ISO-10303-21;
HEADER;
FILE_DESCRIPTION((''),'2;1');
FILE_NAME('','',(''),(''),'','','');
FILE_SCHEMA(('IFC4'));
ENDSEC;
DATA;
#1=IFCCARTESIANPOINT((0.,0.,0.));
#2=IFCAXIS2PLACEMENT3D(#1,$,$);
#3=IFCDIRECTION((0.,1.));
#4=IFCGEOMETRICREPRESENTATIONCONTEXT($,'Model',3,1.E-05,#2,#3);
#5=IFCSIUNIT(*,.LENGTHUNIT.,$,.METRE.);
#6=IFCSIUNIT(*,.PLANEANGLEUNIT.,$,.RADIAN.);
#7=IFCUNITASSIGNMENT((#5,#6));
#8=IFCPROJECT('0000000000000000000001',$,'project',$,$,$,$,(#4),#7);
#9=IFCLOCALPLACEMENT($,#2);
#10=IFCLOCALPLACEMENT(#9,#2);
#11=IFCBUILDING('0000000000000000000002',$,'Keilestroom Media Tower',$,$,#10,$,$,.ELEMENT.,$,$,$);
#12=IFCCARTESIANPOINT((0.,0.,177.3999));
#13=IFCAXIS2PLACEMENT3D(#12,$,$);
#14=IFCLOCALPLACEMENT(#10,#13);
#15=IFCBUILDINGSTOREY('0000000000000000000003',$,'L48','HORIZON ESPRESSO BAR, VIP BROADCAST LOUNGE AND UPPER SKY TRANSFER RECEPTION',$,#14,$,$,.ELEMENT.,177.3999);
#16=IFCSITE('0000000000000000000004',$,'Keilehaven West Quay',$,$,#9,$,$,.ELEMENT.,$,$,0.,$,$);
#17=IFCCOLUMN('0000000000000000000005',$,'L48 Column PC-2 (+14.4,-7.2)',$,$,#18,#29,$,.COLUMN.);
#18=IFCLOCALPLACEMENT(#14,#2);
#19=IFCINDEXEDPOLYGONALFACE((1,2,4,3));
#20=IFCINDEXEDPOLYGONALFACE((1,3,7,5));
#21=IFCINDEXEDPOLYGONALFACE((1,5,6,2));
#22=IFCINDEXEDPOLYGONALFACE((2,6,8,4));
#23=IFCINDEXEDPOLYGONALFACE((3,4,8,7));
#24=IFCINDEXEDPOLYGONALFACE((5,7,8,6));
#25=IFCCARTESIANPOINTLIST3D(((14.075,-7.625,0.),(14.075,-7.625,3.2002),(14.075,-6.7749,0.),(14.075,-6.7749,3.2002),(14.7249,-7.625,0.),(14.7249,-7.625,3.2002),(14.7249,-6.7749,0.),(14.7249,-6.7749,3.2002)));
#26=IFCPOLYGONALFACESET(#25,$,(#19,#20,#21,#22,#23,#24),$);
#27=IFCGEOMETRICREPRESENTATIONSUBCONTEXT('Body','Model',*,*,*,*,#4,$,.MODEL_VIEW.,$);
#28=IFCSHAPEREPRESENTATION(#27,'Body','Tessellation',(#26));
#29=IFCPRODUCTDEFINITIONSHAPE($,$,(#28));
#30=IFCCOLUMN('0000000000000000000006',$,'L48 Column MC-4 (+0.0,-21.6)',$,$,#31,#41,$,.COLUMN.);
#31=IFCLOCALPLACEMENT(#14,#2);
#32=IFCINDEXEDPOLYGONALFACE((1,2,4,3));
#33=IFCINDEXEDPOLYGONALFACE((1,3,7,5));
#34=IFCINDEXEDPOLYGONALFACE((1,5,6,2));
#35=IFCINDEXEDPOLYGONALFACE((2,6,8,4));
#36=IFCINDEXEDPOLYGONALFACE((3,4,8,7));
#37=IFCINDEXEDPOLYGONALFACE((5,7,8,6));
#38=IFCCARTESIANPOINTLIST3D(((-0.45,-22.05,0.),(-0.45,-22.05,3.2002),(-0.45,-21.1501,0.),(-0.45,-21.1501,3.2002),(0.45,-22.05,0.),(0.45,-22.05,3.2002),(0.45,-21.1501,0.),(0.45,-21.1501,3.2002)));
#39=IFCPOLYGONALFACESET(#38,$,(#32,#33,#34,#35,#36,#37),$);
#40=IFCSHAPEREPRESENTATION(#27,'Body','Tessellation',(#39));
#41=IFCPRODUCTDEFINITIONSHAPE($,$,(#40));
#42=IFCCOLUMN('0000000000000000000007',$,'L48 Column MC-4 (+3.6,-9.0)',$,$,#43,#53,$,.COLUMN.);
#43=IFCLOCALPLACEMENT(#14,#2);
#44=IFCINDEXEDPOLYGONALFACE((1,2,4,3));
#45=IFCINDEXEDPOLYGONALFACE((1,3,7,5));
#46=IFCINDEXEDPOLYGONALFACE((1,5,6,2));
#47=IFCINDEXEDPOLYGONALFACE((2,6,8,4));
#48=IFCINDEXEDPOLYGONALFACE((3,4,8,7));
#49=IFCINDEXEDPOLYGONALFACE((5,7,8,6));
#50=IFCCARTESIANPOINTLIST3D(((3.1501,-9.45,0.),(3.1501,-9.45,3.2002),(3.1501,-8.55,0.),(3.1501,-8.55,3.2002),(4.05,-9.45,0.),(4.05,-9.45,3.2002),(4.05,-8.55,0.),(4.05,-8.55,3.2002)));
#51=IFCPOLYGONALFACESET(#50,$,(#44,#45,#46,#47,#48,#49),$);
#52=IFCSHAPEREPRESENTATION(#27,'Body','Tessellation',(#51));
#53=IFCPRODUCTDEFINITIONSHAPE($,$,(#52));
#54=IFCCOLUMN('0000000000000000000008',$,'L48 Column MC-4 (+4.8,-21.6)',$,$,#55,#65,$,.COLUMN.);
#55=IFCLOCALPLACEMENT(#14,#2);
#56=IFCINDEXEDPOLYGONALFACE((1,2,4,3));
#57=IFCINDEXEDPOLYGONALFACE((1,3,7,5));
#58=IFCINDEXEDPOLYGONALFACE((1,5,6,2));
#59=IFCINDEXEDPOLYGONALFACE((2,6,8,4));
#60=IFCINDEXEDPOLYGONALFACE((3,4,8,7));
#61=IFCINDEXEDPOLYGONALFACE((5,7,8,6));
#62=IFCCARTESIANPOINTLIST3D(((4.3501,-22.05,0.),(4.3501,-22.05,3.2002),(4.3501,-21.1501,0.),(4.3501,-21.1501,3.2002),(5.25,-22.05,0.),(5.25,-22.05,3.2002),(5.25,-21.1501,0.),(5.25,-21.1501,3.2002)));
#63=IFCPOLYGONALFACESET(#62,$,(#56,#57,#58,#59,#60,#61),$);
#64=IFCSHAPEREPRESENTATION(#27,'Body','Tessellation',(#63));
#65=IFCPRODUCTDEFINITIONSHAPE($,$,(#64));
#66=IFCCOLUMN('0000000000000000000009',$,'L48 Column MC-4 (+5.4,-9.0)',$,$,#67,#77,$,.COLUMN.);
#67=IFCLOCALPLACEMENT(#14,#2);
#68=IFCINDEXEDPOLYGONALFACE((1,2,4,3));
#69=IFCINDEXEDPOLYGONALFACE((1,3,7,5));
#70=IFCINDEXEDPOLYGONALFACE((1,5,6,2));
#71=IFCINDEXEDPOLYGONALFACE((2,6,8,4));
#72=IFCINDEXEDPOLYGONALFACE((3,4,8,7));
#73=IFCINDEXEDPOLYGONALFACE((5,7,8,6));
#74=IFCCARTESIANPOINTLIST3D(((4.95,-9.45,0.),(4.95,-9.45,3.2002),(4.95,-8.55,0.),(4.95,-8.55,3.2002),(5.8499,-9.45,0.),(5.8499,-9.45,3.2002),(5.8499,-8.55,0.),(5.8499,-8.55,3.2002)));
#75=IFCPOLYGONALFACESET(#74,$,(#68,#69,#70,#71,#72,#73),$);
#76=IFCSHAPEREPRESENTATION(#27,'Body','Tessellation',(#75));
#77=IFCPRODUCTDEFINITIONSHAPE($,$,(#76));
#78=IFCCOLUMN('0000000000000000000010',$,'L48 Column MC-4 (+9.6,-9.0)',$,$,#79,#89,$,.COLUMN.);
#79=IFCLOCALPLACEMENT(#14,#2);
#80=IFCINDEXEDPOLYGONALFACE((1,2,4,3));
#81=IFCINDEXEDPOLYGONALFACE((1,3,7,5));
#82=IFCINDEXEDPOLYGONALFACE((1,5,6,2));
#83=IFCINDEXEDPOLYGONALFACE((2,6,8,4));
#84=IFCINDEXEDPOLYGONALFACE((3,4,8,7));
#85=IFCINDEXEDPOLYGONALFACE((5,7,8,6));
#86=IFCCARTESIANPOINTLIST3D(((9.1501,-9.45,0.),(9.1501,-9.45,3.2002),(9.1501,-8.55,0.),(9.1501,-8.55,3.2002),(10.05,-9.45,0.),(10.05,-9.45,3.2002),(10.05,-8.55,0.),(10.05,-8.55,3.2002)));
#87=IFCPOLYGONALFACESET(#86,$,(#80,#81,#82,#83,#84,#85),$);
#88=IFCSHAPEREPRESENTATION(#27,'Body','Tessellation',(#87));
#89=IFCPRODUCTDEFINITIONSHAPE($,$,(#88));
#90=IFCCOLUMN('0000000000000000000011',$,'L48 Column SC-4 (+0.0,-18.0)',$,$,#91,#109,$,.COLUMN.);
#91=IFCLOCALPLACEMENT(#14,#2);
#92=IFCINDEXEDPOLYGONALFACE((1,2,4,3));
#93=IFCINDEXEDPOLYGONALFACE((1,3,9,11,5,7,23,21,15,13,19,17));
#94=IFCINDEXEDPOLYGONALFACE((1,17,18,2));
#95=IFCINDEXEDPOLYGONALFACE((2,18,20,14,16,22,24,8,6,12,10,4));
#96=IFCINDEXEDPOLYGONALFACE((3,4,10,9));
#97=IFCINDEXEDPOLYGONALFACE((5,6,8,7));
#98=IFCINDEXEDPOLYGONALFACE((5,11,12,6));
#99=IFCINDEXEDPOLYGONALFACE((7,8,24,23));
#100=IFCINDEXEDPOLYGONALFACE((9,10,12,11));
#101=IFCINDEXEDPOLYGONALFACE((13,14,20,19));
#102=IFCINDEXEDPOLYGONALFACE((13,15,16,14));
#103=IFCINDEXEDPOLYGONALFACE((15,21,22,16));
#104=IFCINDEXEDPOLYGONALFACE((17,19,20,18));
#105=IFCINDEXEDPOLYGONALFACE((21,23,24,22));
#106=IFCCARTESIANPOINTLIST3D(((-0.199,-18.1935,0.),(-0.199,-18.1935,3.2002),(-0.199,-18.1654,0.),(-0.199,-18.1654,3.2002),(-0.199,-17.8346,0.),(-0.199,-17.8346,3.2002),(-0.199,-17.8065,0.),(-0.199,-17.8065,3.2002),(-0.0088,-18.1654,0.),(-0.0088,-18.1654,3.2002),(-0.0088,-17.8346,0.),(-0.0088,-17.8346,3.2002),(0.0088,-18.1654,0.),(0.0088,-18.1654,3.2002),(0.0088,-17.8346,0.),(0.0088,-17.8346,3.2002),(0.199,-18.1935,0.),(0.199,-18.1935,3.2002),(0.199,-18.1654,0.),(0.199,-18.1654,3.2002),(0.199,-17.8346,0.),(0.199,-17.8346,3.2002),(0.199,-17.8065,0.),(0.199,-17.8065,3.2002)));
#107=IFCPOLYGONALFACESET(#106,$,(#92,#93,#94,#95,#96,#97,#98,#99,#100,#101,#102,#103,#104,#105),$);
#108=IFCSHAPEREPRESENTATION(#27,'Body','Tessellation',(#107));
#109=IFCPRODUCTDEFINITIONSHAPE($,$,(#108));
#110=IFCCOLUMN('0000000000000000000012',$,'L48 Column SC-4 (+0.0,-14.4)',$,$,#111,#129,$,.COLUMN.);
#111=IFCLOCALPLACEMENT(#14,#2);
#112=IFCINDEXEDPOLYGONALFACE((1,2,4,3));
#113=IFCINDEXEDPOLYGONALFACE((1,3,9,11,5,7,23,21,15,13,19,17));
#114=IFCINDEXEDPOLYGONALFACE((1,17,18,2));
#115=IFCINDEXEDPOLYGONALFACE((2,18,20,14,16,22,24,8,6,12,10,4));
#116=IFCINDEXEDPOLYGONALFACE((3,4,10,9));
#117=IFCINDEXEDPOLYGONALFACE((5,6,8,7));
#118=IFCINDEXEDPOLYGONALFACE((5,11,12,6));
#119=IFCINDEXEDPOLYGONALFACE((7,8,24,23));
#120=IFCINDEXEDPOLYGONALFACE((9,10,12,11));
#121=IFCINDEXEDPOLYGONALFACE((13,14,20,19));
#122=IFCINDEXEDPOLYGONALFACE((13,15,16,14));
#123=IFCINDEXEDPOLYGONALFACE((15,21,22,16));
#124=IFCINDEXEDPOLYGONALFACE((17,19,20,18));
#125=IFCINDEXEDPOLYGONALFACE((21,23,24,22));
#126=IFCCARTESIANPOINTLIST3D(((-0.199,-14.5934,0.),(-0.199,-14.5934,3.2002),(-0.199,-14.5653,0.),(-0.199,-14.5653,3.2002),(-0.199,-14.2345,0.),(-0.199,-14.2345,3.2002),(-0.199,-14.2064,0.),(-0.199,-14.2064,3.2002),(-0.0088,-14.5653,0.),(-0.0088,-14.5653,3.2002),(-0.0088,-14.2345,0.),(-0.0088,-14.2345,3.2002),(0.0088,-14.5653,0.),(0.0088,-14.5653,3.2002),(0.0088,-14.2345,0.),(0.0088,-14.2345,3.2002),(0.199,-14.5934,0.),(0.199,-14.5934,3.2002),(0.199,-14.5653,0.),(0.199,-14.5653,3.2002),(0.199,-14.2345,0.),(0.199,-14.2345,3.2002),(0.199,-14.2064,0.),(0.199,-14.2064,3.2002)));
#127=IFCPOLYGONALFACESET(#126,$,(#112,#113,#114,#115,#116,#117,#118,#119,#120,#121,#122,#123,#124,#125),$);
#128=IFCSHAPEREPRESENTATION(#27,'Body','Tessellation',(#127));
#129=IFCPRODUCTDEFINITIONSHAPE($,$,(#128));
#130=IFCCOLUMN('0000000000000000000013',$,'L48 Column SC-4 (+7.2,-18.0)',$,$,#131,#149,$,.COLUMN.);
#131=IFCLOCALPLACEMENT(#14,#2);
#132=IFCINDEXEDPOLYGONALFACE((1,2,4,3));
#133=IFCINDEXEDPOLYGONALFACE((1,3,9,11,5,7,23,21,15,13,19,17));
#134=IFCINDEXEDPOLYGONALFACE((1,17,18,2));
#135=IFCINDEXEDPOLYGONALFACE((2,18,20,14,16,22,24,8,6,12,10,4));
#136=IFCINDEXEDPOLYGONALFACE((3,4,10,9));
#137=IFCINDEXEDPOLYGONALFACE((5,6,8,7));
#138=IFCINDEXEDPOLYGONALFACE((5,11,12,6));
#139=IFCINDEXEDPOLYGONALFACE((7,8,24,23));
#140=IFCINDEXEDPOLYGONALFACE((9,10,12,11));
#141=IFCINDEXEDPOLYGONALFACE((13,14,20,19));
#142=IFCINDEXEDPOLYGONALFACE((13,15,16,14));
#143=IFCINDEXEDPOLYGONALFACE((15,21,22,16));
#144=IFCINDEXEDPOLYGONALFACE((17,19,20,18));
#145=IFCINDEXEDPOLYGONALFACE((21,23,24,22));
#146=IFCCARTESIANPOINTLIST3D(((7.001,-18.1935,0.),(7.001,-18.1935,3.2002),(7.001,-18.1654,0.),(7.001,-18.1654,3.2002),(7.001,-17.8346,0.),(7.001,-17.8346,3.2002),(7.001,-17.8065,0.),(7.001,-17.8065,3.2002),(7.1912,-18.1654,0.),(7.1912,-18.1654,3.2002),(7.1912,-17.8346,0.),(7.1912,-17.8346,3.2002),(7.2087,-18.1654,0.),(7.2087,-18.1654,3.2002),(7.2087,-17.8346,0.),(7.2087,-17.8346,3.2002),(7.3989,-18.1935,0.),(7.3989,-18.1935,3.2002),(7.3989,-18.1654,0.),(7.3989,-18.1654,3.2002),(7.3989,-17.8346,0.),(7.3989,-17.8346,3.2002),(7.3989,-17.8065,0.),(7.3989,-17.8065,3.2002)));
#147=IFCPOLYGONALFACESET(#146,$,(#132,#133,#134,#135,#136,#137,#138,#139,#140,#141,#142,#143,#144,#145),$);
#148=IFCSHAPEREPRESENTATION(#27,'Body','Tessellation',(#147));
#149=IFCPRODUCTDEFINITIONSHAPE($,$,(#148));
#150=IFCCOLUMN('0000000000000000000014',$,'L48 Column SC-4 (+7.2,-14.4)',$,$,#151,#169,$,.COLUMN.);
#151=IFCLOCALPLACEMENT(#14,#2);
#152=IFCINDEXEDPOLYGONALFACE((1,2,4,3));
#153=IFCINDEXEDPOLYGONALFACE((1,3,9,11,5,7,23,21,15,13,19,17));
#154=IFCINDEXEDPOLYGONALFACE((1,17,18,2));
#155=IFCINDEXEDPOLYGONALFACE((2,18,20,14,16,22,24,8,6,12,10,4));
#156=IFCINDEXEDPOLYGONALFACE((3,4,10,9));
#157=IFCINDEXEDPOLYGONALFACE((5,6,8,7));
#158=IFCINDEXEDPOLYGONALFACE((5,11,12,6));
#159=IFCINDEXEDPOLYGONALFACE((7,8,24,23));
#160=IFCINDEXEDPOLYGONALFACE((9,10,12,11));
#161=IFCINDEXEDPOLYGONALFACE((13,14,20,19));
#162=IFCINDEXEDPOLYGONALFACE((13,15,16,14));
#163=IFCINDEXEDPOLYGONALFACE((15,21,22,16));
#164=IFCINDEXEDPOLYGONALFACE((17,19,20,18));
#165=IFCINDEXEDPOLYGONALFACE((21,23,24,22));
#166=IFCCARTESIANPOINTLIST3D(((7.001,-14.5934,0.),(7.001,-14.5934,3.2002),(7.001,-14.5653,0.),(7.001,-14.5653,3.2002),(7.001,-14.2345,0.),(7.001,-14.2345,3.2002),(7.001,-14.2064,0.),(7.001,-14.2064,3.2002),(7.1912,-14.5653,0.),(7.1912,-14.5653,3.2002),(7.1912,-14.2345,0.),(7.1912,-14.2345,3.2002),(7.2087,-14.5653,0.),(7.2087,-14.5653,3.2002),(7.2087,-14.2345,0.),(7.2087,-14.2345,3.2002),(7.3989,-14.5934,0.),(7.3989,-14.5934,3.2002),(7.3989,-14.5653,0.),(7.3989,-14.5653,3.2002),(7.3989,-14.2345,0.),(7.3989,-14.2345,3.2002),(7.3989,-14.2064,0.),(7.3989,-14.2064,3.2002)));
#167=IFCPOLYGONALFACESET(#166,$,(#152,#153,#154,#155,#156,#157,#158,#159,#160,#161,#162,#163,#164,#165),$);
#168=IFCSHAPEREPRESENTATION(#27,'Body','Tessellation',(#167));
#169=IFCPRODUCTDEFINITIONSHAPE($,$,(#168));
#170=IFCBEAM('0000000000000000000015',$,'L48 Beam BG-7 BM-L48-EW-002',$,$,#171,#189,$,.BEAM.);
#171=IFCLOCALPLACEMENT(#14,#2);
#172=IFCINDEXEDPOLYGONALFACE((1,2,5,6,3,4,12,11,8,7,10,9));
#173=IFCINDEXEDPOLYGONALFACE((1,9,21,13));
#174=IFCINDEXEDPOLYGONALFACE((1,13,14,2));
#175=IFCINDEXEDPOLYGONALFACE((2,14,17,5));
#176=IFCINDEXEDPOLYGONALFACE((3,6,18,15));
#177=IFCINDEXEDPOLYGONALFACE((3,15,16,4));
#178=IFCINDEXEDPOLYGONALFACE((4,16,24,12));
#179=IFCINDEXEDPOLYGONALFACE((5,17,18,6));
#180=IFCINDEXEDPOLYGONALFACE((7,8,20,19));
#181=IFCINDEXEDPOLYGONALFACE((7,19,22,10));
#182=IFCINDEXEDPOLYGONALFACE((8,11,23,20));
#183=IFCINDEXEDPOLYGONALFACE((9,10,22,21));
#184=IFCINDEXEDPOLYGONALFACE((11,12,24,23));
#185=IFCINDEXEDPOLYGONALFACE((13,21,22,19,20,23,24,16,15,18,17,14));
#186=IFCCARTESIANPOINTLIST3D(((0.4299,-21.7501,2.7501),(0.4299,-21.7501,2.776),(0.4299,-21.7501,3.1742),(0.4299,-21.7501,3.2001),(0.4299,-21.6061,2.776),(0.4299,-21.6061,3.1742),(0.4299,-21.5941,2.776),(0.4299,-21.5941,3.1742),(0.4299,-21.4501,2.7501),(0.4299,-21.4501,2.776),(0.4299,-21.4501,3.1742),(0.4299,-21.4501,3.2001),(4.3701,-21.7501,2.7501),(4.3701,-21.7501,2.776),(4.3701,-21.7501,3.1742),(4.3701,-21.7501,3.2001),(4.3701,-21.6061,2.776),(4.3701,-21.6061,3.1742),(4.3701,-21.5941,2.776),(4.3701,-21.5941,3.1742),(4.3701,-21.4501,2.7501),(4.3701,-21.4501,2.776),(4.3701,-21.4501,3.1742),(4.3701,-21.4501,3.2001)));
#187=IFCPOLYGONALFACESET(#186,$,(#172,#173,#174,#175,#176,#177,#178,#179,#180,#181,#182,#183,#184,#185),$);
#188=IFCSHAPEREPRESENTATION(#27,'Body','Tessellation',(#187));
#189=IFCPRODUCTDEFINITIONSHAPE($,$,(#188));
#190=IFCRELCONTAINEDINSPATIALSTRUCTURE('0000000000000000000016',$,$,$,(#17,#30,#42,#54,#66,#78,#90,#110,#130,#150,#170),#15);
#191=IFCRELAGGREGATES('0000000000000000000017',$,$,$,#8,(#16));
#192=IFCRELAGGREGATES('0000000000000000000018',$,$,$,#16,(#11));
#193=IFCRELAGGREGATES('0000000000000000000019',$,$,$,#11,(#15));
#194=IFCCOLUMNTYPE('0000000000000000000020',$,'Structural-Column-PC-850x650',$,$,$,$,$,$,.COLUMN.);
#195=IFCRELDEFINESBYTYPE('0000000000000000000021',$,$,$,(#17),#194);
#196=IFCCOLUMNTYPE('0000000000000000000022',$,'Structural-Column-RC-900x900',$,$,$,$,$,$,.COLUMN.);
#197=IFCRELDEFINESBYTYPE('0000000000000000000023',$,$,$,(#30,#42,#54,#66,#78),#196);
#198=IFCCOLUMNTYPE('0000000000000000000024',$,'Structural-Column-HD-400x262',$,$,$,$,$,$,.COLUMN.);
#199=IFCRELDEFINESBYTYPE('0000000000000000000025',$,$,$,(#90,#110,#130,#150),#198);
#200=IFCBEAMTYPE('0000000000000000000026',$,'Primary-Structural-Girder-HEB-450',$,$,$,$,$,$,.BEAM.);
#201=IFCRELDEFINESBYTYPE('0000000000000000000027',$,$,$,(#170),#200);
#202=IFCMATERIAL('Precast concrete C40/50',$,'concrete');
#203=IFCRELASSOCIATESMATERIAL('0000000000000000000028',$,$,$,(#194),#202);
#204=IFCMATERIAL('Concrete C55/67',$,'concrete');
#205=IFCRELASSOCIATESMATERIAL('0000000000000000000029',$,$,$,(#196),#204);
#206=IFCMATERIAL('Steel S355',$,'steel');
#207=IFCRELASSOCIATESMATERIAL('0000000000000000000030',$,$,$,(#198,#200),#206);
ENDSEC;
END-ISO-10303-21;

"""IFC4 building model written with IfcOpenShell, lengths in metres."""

from ifc_helpers import new_model, si_unit, direction, frame, origin, origin_2d, place, context, subcontext, project, spatial, rectangle, i_section, extrude, source, transform, mapped, material, material_profile, profile_set, type_object, element, save


model = new_model("IFC4")

# Units and contexts
model_context = context("Model", 3, precision=1e-05, world=origin(), true_north=direction((0.0, 1.0)))
body_context = subcontext(model_context, "Body", "Model", "MODEL_VIEW")
ifc_project = project(units=[si_unit("LENGTHUNIT", "METRE"), si_unit("PLANEANGLEUNIT", "RADIAN")], contexts=[model_context])

# Site, building, storey
site_placement = place(None, origin())
site = spatial("IfcSite", under=ifc_project, at=site_placement, Name="Keilehaven West Quay", CompositionType="ELEMENT", RefElevation=0.0)
building_placement = place(site_placement, origin())
building = spatial("IfcBuilding", under=site, at=building_placement, Name="Keilestroom Media Tower", CompositionType="ELEMENT")
storey_placement = place(building_placement, frame((0.0, 0.0, 177.3999)))
storey = spatial("IfcBuildingStorey", under=building, at=storey_placement, Name="L48", Description="HORIZON ESPRESSO BAR, VIP BROADCAST LOUNGE AND UPPER SKY TRANSFER RECEPTION", CompositionType="ELEMENT", Elevation=177.3999)

# Columns
ifc_material_1 = material(Name="Precast concrete C40/50", Category="concrete")
ifc_material_profile_1 = material_profile(ifc_material_1, rectangle(XDim=0.6499, YDim=0.8501, at=origin_2d()), Name="PC 850x650")
ifc_profile_set_1 = profile_set([ifc_material_profile_1], Name="Precast concrete C40/50")
column_type_1 = type_object("IfcColumnType", Name="Structural-Column-PC-850x650", PredefinedType="COLUMN", material=ifc_profile_set_1)
shared_shape_1 = source(origin(), body_context, "Body", "SweptSolid", [
    extrude(rectangle(XDim=0.6499, YDim=0.8501, at=origin_2d()), origin(), (0.0, 0.0, 1.0), 3.2002),
])
column_placement = place(storey_placement, frame((14.3999, -7.2, 0.0), z_axis=(0.0, 0.0, 1.0), x_axis=(1.0, 0.0, 0.0)))
element("IfcColumn", 1, at=column_placement, inside=storey, type_object=column_type_1, Name="L48 Column PC-2 (+14.4,-7.2)", PredefinedType="COLUMN", context=body_context, shape_type="MappedRepresentation", body=[
    mapped(shared_shape_1, transform((0.0, 0.0, 0.0), x_axis=(1.0, 0.0, 0.0), y_axis=(0.0, 1.0, 0.0), z_axis=(0.0, 0.0, 1.0), scale=1.0)),
])
ifc_material_2 = material(Name="Concrete C55/67", Category="concrete")
ifc_material_profile_2 = material_profile(ifc_material_2, rectangle(XDim=0.8999, YDim=0.8999, at=origin_2d()), Name="RC 900x900")
ifc_profile_set_2 = profile_set([ifc_material_profile_2], Name="Concrete C55/67")
column_type_2 = type_object("IfcColumnType", Name="Structural-Column-RC-900x900", PredefinedType="COLUMN", material=ifc_profile_set_2)
shared_shape_2 = source(origin(), body_context, "Body", "SweptSolid", [
    extrude(rectangle(XDim=0.8999, YDim=0.8999, at=origin_2d()), origin(), (0.0, 0.0, 1.0), 3.2002),
])
for number, where, z_axis, x_axis, name in (
    (2, (0.0, -21.6001, 0.0), (0.0, 0.0, 1.0), (1.0, 0.0, 0.0), "L48 Column MC-4 (+0.0,-21.6)"),
    (3, (3.6001, -9.0, 0.0), (0.0, 0.0, 1.0), (1.0, 0.0, 0.0), "L48 Column MC-4 (+3.6,-9.0)"),
    (4, (4.8, -21.6001, 0.0), (0.0, 0.0, 1.0), (1.0, 0.0, 0.0), "L48 Column MC-4 (+4.8,-21.6)"),
    (5, (5.3999, -9.0, 0.0), (0.0, 0.0, 1.0), (1.0, 0.0, 0.0), "L48 Column MC-4 (+5.4,-9.0)"),
    (6, (9.6001, -9.0, 0.0), (0.0, 0.0, 1.0), (1.0, 0.0, 0.0), "L48 Column MC-4 (+9.6,-9.0)"),
):
    element("IfcColumn", number, at=place(storey_placement, frame(where, z_axis=z_axis, x_axis=x_axis)), inside=storey, type_object=column_type_2, Name=name, PredefinedType="COLUMN", context=body_context, shape_type="MappedRepresentation", body=[
        mapped(shared_shape_2, transform((0.0, 0.0, 0.0), x_axis=(1.0, 0.0, 0.0), y_axis=(0.0, 1.0, 0.0), z_axis=(0.0, 0.0, 1.0), scale=1.0)),
    ])
ifc_material_3 = material(Name="Steel S355", Category="steel")
ifc_material_profile_3 = material_profile(ifc_material_3, i_section(OverallWidth=0.3979, OverallDepth=0.387, WebThickness=0.0176, FlangeThickness=0.0281, at=origin_2d()), Name="HD 400x262")
ifc_profile_set_3 = profile_set([ifc_material_profile_3], Name="Steel S355")
column_type_3 = type_object("IfcColumnType", Name="Structural-Column-HD-400x262", PredefinedType="COLUMN", material=ifc_profile_set_3)
shared_shape_3 = source(origin(), body_context, "Body", "SweptSolid", [
    extrude(i_section(OverallWidth=0.3979, OverallDepth=0.387, WebThickness=0.0176, FlangeThickness=0.0281, at=origin_2d()), origin(), (0.0, 0.0, 1.0), 3.2002),
])
for number, where, z_axis, x_axis, name in (
    (7, (0.0, -18.0, 0.0), (0.0, 0.0, 1.0), (1.0, 0.0, 0.0), "L48 Column SC-4 (+0.0,-18.0)"),
    (8, (0.0, -14.3999, 0.0), (0.0, 0.0, 1.0), (1.0, 0.0, 0.0), "L48 Column SC-4 (+0.0,-14.4)"),
    (9, (7.2, -18.0, 0.0), (0.0, 0.0, 1.0), (1.0, 0.0, 0.0), "L48 Column SC-4 (+7.2,-18.0)"),
    (10, (7.2, -14.3999, 0.0), (0.0, 0.0, 1.0), (1.0, 0.0, 0.0), "L48 Column SC-4 (+7.2,-14.4)"),
):
    element("IfcColumn", number, at=place(storey_placement, frame(where, z_axis=z_axis, x_axis=x_axis)), inside=storey, type_object=column_type_3, Name=name, PredefinedType="COLUMN", context=body_context, shape_type="MappedRepresentation", body=[
        mapped(shared_shape_3, transform((0.0, 0.0, 0.0), x_axis=(1.0, 0.0, 0.0), y_axis=(0.0, 1.0, 0.0), z_axis=(0.0, 0.0, 1.0), scale=1.0)),
    ])

# Beam
ifc_material_profile_4 = material_profile(ifc_material_3, i_section(OverallWidth=0.3, OverallDepth=0.45, WebThickness=0.012, FlangeThickness=0.0259, at=origin_2d()), Name="HEB 450")
ifc_profile_set_4 = profile_set([ifc_material_profile_4], Name="Steel S355")
beam_type_1 = type_object("IfcBeamType", Name="Primary-Structural-Girder-HEB-450", PredefinedType="BEAM", material=ifc_profile_set_4)
shared_shape_4 = source(origin(), body_context, "Body", "SweptSolid", [
    extrude(i_section(OverallWidth=0.3, OverallDepth=0.45, WebThickness=0.012, FlangeThickness=0.0259, at=origin_2d()), origin(), (0.0, 0.0, 1.0), 3.9402),
])
beam_1_placement = place(storey_placement, frame((0.4299, -21.6001, 2.9751), z_axis=(1.0, 0.0, 0.0), x_axis=(0.0, 1.0, 0.0)))
element("IfcBeam", 11, at=beam_1_placement, inside=storey, type_object=beam_type_1, Name="L48 Beam BG-7 BM-L48-EW-002", PredefinedType="BEAM", context=body_context, shape_type="MappedRepresentation", body=[
    mapped(shared_shape_4, transform((0.0, 0.0, 0.0), x_axis=(1.0, 0.0, 0.0), y_axis=(0.0, 1.0, 0.0), z_axis=(0.0, 0.0, 1.0), scale=1.0)),
])

save(model, "model.ifc")
